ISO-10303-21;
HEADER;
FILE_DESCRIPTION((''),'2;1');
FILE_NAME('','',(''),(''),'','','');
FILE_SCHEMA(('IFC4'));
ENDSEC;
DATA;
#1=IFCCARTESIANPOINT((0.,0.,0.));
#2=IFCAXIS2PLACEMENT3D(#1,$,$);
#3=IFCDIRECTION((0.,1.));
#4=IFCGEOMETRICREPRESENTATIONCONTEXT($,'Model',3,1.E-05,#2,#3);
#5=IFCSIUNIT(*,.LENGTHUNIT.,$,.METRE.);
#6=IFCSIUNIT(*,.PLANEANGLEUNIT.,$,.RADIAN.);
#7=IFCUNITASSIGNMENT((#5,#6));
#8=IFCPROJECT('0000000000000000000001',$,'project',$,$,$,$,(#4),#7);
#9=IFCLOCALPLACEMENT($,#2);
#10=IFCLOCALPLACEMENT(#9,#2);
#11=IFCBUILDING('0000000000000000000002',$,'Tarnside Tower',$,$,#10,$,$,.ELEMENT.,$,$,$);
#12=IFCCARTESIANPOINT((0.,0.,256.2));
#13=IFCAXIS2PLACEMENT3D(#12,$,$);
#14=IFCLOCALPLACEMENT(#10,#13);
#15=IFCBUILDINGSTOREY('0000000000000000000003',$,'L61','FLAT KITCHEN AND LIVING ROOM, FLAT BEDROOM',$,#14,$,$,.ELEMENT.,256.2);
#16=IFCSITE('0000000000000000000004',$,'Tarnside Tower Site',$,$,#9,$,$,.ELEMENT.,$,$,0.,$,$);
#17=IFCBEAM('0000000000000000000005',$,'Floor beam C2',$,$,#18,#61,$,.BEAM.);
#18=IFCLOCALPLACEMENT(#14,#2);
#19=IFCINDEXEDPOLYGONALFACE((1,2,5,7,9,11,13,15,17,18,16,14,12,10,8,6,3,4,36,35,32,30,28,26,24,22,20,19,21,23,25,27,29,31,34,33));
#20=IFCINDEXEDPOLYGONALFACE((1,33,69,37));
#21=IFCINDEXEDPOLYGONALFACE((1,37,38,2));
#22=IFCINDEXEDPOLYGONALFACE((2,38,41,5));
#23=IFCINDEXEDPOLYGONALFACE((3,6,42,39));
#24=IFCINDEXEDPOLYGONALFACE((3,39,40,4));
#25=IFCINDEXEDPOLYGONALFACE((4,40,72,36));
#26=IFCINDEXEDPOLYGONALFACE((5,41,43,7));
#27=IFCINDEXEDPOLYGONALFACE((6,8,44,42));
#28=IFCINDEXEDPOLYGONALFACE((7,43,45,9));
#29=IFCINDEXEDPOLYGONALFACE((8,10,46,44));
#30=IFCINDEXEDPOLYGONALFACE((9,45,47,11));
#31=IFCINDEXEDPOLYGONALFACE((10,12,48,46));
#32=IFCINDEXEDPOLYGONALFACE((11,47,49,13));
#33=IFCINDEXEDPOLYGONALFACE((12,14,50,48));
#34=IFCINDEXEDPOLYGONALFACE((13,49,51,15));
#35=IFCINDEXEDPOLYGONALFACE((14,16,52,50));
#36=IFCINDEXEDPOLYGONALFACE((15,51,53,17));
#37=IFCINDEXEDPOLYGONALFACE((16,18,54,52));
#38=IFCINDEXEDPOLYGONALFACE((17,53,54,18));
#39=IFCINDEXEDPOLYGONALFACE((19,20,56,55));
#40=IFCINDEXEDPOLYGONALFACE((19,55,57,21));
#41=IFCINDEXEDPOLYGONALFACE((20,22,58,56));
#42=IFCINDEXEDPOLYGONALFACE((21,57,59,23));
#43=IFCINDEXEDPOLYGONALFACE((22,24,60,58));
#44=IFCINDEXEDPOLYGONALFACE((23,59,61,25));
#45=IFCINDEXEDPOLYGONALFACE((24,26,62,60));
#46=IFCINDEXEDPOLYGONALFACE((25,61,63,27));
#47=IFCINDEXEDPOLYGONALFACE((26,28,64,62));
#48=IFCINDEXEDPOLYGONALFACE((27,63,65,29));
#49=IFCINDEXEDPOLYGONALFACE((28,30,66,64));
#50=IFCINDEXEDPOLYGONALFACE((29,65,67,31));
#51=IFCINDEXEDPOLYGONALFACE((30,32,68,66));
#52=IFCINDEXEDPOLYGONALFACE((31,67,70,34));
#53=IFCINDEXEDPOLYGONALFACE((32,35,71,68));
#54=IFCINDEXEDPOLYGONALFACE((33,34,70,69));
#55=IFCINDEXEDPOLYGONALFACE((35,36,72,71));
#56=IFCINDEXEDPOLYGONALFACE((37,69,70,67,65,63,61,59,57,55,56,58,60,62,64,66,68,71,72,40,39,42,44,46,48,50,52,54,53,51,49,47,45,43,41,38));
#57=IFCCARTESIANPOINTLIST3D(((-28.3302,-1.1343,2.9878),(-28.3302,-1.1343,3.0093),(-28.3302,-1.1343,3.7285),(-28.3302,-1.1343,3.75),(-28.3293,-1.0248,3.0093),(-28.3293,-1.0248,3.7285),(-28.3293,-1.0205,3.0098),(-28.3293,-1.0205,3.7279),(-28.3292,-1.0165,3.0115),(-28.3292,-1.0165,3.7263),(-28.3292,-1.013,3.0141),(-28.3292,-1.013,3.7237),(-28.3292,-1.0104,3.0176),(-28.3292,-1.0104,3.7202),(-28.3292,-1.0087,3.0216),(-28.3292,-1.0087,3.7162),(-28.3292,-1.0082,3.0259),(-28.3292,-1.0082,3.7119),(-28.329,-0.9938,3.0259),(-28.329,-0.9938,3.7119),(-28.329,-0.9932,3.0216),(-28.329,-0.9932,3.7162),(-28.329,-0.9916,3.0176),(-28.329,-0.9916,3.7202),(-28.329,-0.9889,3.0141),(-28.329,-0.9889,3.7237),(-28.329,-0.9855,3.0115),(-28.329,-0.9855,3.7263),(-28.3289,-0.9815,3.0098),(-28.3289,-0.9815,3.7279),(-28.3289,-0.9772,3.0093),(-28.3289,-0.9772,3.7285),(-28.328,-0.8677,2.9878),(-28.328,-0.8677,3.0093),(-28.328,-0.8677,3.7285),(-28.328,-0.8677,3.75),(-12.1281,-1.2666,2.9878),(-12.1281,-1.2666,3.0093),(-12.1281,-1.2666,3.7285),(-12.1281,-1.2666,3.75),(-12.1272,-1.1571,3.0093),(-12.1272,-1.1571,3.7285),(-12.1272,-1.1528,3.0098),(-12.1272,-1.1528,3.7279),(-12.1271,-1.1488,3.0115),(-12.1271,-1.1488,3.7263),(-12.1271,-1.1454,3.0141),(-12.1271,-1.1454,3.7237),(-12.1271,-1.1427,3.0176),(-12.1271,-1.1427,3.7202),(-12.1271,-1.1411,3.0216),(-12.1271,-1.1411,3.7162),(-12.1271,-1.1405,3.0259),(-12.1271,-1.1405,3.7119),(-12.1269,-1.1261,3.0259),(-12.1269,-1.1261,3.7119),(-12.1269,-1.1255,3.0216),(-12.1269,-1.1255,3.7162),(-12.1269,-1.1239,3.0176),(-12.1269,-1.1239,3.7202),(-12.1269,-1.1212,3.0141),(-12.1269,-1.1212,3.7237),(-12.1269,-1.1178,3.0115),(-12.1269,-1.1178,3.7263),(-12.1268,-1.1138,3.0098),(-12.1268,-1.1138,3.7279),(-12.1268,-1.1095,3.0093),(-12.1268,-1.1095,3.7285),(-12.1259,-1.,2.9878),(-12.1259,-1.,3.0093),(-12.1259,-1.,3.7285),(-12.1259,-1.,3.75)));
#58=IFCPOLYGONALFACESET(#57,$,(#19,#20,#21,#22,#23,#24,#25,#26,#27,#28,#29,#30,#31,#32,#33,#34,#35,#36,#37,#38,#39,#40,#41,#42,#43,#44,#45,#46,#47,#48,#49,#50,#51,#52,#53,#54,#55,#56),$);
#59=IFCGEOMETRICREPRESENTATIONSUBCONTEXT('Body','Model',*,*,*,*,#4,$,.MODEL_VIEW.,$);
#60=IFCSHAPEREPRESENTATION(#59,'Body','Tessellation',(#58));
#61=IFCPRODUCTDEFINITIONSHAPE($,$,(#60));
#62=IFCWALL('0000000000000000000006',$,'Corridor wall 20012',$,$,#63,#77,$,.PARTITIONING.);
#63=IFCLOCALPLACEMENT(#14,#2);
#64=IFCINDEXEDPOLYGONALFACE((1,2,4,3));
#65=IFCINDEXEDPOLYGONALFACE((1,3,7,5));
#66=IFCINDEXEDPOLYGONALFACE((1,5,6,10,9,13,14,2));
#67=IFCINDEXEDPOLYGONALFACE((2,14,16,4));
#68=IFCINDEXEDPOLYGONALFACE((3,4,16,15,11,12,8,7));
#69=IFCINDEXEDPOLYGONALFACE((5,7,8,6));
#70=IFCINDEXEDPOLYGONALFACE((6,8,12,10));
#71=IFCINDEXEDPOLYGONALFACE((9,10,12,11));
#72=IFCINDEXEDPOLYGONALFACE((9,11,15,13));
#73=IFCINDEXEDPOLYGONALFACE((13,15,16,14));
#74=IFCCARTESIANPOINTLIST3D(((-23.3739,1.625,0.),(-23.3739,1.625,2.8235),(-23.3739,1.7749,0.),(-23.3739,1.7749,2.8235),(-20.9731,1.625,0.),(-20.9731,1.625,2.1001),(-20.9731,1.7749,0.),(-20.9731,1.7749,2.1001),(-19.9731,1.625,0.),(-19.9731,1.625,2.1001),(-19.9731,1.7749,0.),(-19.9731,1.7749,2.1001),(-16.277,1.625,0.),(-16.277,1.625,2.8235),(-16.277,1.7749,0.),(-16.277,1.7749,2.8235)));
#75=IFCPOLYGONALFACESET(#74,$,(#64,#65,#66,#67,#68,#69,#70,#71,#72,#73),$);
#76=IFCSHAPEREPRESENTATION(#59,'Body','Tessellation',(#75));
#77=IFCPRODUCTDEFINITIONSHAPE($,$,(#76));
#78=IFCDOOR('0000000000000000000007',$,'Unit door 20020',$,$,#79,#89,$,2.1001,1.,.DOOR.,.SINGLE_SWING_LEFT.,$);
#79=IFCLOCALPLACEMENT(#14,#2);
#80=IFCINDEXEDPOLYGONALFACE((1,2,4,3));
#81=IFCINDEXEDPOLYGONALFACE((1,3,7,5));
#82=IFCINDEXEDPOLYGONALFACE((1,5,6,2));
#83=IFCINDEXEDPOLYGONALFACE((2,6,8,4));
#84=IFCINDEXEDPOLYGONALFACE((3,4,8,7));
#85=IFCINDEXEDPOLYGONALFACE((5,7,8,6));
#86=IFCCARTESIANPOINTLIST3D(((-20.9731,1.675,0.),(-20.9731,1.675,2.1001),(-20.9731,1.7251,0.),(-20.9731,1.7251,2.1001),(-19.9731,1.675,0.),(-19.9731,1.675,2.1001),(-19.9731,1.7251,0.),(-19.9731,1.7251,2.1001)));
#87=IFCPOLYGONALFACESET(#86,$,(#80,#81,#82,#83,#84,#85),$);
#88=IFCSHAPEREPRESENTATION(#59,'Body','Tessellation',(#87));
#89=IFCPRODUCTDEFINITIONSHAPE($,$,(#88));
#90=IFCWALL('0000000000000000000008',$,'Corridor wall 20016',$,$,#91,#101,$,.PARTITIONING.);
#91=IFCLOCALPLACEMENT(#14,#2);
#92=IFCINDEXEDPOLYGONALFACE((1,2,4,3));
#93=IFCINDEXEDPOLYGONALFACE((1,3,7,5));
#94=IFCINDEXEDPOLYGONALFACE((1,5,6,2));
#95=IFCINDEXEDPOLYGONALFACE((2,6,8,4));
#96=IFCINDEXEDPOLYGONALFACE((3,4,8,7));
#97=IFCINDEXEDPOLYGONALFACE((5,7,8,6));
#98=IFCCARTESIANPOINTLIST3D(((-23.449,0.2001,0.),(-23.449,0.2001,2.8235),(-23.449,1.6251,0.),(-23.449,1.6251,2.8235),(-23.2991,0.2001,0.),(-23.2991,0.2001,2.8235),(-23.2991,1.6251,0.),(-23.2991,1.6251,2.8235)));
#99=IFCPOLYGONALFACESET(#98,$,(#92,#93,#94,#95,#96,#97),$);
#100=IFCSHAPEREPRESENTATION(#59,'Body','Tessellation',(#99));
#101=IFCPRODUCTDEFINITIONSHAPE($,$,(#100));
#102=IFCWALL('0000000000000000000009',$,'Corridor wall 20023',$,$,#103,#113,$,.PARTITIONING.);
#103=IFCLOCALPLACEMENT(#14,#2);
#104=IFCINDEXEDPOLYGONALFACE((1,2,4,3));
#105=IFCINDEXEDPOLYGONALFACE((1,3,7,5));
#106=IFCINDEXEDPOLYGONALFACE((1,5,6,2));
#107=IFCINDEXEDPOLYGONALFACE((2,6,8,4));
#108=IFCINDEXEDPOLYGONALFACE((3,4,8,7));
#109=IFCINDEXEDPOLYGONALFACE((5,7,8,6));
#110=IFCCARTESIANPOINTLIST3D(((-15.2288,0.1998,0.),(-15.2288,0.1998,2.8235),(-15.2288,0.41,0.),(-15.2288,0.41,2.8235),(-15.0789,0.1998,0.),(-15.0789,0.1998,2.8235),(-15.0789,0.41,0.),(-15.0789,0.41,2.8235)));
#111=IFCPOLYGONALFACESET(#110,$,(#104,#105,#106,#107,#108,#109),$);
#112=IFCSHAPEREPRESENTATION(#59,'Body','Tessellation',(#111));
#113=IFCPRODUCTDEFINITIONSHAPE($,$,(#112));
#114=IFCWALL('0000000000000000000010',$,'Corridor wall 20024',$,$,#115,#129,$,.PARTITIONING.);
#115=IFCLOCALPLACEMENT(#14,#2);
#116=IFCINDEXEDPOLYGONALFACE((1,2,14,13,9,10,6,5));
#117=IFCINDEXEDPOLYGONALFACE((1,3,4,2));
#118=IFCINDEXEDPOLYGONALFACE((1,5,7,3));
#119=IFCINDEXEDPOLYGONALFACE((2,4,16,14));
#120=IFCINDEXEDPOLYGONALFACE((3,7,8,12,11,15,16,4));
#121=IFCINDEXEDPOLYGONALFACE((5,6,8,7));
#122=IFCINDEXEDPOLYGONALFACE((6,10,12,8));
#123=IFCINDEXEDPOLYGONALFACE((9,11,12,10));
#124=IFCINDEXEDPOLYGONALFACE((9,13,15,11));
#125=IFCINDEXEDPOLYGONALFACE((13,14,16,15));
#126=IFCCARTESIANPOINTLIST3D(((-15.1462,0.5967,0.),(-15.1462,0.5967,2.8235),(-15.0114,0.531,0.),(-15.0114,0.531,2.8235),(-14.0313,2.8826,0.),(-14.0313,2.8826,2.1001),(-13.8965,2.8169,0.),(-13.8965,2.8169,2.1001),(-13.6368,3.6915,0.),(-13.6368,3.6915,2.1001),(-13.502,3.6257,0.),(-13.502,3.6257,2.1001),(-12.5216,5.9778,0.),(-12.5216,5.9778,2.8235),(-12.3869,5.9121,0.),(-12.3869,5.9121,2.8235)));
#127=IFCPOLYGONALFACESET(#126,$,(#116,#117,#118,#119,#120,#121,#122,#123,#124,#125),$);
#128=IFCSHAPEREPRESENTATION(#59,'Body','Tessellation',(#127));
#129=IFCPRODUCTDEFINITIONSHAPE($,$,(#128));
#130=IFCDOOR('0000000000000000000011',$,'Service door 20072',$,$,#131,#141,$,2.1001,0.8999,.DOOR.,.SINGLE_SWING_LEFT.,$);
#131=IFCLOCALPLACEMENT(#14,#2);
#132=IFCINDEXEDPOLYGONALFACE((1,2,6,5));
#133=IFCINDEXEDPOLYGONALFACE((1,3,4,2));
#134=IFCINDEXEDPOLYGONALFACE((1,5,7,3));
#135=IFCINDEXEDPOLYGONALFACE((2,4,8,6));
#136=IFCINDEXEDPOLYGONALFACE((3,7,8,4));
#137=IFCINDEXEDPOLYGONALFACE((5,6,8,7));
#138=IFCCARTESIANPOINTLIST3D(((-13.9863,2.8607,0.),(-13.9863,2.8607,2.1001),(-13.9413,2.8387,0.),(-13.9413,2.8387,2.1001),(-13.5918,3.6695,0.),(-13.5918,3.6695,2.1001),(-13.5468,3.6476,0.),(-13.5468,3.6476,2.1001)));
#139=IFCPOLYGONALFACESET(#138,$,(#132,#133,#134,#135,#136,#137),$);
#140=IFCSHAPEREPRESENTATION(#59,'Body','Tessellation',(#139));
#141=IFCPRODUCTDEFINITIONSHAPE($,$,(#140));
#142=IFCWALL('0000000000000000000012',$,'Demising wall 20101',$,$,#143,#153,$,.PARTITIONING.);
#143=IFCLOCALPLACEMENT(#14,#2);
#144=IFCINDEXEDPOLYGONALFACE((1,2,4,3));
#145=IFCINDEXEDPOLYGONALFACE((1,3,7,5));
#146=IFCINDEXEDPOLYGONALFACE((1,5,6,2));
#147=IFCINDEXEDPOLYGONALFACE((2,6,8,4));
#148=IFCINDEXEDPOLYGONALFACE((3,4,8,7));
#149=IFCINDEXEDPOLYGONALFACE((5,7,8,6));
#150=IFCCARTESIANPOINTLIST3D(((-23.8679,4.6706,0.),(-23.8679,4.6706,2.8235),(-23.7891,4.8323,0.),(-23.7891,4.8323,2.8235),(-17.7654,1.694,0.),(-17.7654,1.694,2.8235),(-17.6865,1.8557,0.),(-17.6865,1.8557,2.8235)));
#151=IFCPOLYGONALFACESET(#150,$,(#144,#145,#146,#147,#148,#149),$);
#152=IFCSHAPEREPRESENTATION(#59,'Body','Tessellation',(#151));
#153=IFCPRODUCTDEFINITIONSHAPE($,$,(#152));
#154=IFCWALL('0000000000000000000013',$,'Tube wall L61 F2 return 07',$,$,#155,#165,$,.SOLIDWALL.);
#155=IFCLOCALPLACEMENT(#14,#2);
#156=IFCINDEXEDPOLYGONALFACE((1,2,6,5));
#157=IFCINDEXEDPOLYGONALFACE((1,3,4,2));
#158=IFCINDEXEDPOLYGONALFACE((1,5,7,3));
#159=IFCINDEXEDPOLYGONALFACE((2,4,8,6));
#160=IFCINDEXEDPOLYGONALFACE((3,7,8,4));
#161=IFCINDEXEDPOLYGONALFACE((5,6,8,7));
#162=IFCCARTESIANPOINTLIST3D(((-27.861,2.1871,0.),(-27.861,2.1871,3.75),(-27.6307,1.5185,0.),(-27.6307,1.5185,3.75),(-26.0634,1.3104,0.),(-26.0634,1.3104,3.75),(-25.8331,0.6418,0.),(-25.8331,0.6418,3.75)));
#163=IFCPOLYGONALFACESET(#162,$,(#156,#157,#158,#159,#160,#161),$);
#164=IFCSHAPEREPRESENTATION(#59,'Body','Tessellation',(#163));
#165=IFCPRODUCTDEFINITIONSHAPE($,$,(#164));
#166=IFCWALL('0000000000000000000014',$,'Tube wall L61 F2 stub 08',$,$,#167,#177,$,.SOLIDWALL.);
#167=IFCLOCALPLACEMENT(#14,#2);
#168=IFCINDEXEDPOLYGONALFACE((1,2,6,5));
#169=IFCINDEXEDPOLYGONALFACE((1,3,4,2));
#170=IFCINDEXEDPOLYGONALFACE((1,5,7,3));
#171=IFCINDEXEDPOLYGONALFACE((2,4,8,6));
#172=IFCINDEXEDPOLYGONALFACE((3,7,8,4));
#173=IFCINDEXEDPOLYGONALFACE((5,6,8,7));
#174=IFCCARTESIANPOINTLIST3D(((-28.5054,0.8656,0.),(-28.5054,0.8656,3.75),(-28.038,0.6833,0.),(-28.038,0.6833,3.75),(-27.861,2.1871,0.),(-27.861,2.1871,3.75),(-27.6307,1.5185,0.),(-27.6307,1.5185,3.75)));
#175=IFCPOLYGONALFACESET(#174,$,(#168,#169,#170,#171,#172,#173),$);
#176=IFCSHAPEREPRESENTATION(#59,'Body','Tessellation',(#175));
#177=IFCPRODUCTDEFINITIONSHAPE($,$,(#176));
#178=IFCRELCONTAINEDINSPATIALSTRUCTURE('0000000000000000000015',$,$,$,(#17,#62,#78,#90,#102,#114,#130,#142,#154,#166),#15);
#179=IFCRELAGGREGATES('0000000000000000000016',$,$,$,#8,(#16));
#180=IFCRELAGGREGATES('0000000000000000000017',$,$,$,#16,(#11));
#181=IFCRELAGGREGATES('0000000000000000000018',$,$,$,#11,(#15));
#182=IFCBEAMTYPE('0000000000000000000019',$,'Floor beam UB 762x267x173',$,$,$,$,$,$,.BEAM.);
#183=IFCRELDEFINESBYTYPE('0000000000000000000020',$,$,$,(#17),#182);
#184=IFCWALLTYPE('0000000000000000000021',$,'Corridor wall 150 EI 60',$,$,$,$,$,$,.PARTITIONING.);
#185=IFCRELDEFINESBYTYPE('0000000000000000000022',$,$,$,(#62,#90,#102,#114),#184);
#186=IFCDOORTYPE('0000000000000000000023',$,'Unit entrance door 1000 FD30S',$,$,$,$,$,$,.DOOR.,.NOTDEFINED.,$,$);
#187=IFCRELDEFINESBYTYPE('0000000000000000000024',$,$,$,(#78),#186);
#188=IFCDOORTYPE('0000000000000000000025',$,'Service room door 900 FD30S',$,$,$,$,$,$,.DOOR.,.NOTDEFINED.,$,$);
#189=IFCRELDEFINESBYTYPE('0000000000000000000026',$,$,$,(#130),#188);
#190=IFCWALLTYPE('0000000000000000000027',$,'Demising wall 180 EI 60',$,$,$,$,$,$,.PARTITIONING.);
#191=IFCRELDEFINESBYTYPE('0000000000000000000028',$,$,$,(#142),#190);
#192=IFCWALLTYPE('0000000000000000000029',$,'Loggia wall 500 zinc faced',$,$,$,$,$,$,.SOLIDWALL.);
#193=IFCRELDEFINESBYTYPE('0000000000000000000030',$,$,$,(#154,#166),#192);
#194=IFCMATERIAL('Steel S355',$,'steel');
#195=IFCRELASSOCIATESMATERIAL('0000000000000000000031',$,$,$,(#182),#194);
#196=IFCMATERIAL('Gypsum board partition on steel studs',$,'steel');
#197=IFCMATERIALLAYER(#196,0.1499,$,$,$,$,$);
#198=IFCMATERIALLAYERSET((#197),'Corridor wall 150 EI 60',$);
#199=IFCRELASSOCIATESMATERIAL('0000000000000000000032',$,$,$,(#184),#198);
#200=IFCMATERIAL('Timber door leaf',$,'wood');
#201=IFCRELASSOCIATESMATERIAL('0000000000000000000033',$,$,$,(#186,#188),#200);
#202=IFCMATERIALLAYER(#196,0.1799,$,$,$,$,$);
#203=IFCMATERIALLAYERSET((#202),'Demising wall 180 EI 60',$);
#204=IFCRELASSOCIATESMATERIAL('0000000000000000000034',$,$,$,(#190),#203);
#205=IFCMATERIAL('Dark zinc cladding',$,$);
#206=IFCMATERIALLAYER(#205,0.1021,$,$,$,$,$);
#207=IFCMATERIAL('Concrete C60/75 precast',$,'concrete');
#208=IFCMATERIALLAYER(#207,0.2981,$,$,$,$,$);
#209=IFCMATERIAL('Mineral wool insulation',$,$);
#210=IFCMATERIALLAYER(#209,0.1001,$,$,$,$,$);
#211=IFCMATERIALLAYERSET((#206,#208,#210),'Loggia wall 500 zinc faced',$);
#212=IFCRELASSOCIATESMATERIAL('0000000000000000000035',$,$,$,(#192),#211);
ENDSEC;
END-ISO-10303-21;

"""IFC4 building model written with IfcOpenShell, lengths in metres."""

from ifc_helpers import new_model, si_unit, direction, frame, frame_2d, origin, origin_2d, place, context, subcontext, project, spatial, polyline, rectangle, i_section, outline, extrude, material, layer, layer_set, material_profile, profile_set, type_object, element, fill, save


model = new_model("IFC4")

# Units and contexts
model_context = context("Model", 3, precision=1e-05, world=origin(), true_north=direction((0.0, 1.0)))
body_context = subcontext(model_context, "Body", "Model", "MODEL_VIEW")
ifc_project = project(units=[si_unit("LENGTHUNIT", "METRE"), si_unit("PLANEANGLEUNIT", "RADIAN")], contexts=[model_context])

# Site, building, storey
site_placement = place(None, origin())
site = spatial("IfcSite", under=ifc_project, at=site_placement, Name="Tarnside Tower Site", CompositionType="ELEMENT", RefElevation=0.0)
building_placement = place(site_placement, origin())
building = spatial("IfcBuilding", under=site, at=building_placement, Name="Tarnside Tower", CompositionType="ELEMENT")
storey_placement = place(building_placement, frame((0.0, 0.0, 256.2)))
storey = spatial("IfcBuildingStorey", under=building, at=storey_placement, Name="L61", Description="FLAT KITCHEN AND LIVING ROOM, FLAT BEDROOM", CompositionType="ELEMENT", Elevation=256.2)

# Beam
ifc_material_1 = material(Name="Steel S355", Category="steel")
ifc_material_profile_1 = material_profile(ifc_material_1, i_section(OverallWidth=0.2666, OverallDepth=0.7622, WebThickness=0.0144, FlangeThickness=0.0215, FilletRadius=0.0166, at=origin_2d()), Name="UB 762x267x173")
ifc_profile_set_1 = profile_set([ifc_material_profile_1], Name="Steel S355")
beam_type_1 = type_object("IfcBeamType", Name="Floor beam UB 762x267x173", PredefinedType="BEAM", material=ifc_profile_set_1)
beam_1_placement = place(storey_placement, frame((-28.3291, -1.001, 3.3689), z_axis=(0.999967, -0.008167, 0.0), x_axis=(0.008167, 0.999967, 0.0)))
element("IfcBeam", 1, at=beam_1_placement, inside=storey, type_object=beam_type_1, Name="Floor beam C2", PredefinedType="BEAM", context=body_context, shape_type="SweptSolid", body=[
    extrude(i_section(OverallWidth=0.2666, OverallDepth=0.7622, WebThickness=0.0144, FlangeThickness=0.0215, FilletRadius=0.0166, at=origin_2d()), origin(), (0.0, 0.0, 1.0), 16.2026),
])

# Wall, opening, door
ifc_material_2 = material(Name="Gypsum board partition on steel studs", Category="steel")
ifc_layer_1 = layer(ifc_material_2, 0.1499)
ifc_layer_set_1 = layer_set([ifc_layer_1], Name="Corridor wall 150 EI 60")
wall_type_1 = type_object("IfcWallType", Name="Corridor wall 150 EI 60", PredefinedType="PARTITIONING", material=ifc_layer_set_1)
wall_1_placement = place(storey_placement, frame((-16.2771, 1.7, 0.0), z_axis=(0.0, 0.0, 1.0), x_axis=(-1.0, 0.0, 0.0)))
wall_1 = element("IfcWall", 2, at=wall_1_placement, inside=storey, type_object=wall_type_1, Name="Corridor wall 20012", PredefinedType="PARTITIONING", context=body_context, shape_type="SweptSolid", body=[
    extrude(rectangle(XDim=7.0969, YDim=0.1499, at=frame_2d((3.5483, 0.0))), origin(), (0.0, 0.0, 1.0), 2.8235),
])
opening_1_placement = place(wall_1_placement, frame((3.696, 0.0, 0.0)))
opening_1 = element("IfcOpeningElement", 3, at=opening_1_placement, cuts=wall_1, PredefinedType="OPENING", context=body_context, shape_type="SweptSolid", body=[
    extrude(rectangle(XDim=1.0, YDim=2.1001, at=frame_2d((0.5, 1.05))), frame((0.0, 0.085, 0.0), z_axis=(0.0, -1.0, 0.0), x_axis=(1.0, 0.0, 0.0)), (0.0, 0.0, 1.0), 0.1699),
])
ifc_material_3 = material(Name="Timber door leaf", Category="wood")
door_type_1 = type_object("IfcDoorType", Name="Unit entrance door 1000 FD30S", OperationType="NOTDEFINED", PredefinedType="DOOR", material=ifc_material_3)
door_1_placement = place(opening_1_placement, origin())
door_1 = element("IfcDoor", 4, at=door_1_placement, inside=storey, type_object=door_type_1, Name="Unit door 20020", OperationType="SINGLE_SWING_LEFT", OverallHeight=2.1001, OverallWidth=1.0, PredefinedType="DOOR", context=body_context, shape_type="SweptSolid", body=[
    extrude(rectangle(XDim=1.0, YDim=2.1001, at=frame_2d((0.5, 1.05))), frame((0.0, 0.0249, 0.0), z_axis=(0.0, -1.0, 0.0), x_axis=(1.0, 0.0, 0.0)), (0.0, 0.0, 1.0), 0.05),
])
fill(opening_1, door_1)

# Walls
wall_2_placement = place(storey_placement, frame((-23.374, 1.625, 0.0), z_axis=(0.0, 0.0, 1.0), x_axis=(0.0, -1.0, 0.0)))
element("IfcWall", 5, at=wall_2_placement, inside=storey, type_object=wall_type_1, Name="Corridor wall 20016", PredefinedType="PARTITIONING", context=body_context, shape_type="SweptSolid", body=[
    extrude(rectangle(XDim=1.425, YDim=0.1499, at=frame_2d((0.7124, 0.0))), origin(), (0.0, 0.0, 1.0), 2.8235),
])
wall_3_placement = place(storey_placement, frame((-15.1538, 0.2, 0.0), z_axis=(0.0, 0.0, 1.0), x_axis=(0.0, 1.0, 0.0)))
element("IfcWall", 6, at=wall_3_placement, inside=storey, type_object=wall_type_1, Name="Corridor wall 20023", PredefinedType="PARTITIONING", context=body_context, shape_type="SweptSolid", body=[
    extrude(rectangle(XDim=0.2102, YDim=0.1499, at=frame_2d((0.105, 0.0))), origin(), (0.0, 0.0, 1.0), 2.8235),
])

# Wall, opening, door
wall_4_placement = place(storey_placement, frame((-15.0789, 0.5637, 0.0), z_axis=(0.0, 0.0, 1.0), x_axis=(0.438367, 0.898796, 0.0)))
wall_4 = element("IfcWall", 7, at=wall_4_placement, inside=storey, type_object=wall_type_1, Name="Corridor wall 20024", PredefinedType="PARTITIONING", context=body_context, shape_type="SweptSolid", body=[
    extrude(rectangle(XDim=5.9871, YDim=0.1499, at=frame_2d((2.9937, 0.0))), origin(), (0.0, 0.0, 1.0), 2.8235),
])
opening_2_placement = place(wall_4_placement, frame((2.5435, 0.0, 0.0)))
opening_2 = element("IfcOpeningElement", 8, at=opening_2_placement, cuts=wall_4, PredefinedType="OPENING", context=body_context, shape_type="SweptSolid", body=[
    extrude(rectangle(XDim=0.8999, YDim=2.1001, at=frame_2d((0.45, 1.05))), frame((0.0, 0.085, 0.0), z_axis=(0.0, -1.0, 0.0), x_axis=(1.0, 0.0, 0.0)), (0.0, 0.0, 1.0), 0.1699),
])
door_type_2 = type_object("IfcDoorType", Name="Service room door 900 FD30S", OperationType="NOTDEFINED", PredefinedType="DOOR", material=ifc_material_3)
door_2_placement = place(opening_2_placement, origin())
door_2 = element("IfcDoor", 9, at=door_2_placement, inside=storey, type_object=door_type_2, Name="Service door 20072", OperationType="SINGLE_SWING_LEFT", OverallHeight=2.1001, OverallWidth=0.8999, PredefinedType="DOOR", context=body_context, shape_type="SweptSolid", body=[
    extrude(rectangle(XDim=0.8999, YDim=2.1001, at=frame_2d((0.45, 1.05))), frame((0.0, 0.0249, 0.0), z_axis=(0.0, -1.0, 0.0), x_axis=(1.0, 0.0, 0.0)), (0.0, 0.0, 1.0), 0.05),
])
fill(opening_2, door_2)

# Walls
ifc_layer_2 = layer(ifc_material_2, 0.1799)
ifc_layer_set_2 = layer_set([ifc_layer_2], Name="Demising wall 180 EI 60")
wall_type_2 = type_object("IfcWallType", Name="Demising wall 180 EI 60", PredefinedType="PARTITIONING", material=ifc_layer_set_2)
wall_5_placement = place(storey_placement, frame((-23.8286, 4.7515, 0.0), z_axis=(0.0, 0.0, 1.0), x_axis=(0.898785, -0.43839, 0.0)))
element("IfcWall", 10, at=wall_5_placement, inside=storey, type_object=wall_type_2, Name="Demising wall 20101", PredefinedType="PARTITIONING", context=body_context, shape_type="SweptSolid", body=[
    extrude(rectangle(XDim=6.7898, YDim=0.1799, at=frame_2d((3.395, 0.0))), origin(), (0.0, 0.0, 1.0), 2.8235),
])
ifc_material_4 = material(Name="Dark zinc cladding")
ifc_layer_3 = layer(ifc_material_4, 0.1021)
ifc_material_5 = material(Name="Concrete C60/75 precast", Category="concrete")
ifc_layer_4 = layer(ifc_material_5, 0.2981)
ifc_material_6 = material(Name="Mineral wool insulation")
ifc_layer_5 = layer(ifc_material_6, 0.1001)
ifc_layer_set_3 = layer_set([ifc_layer_3, ifc_layer_4, ifc_layer_5], Name="Loggia wall 500 zinc faced")
wall_type_3 = type_object("IfcWallType", Name="Loggia wall 500 zinc faced", PredefinedType="SOLIDWALL", material=ifc_layer_set_3)
wall_6_placement = place(storey_placement, frame((-25.9482, 0.9761, 0.0), z_axis=(0.0, 0.0, 1.0), x_axis=(-0.898802, 0.438354, 0.0)))
element("IfcWall", 11, at=wall_6_placement, inside=storey, type_object=wall_type_3, Name="Tube wall L61 F2 return 07", PredefinedType="SOLIDWALL", context=body_context, shape_type="SweptSolid", body=[
    extrude(outline(polyline([(0.25, -0.25), (2.25, -0.25), (1.75, 0.25), (-0.25, 0.25), (0.25, -0.25)])), origin(), (0.0, 0.0, 1.0), 3.75),
])
wall_7_placement = place(storey_placement, frame((-27.7458, 1.8528, 0.0), z_axis=(0.0, 0.0, 1.0), x_axis=(-0.438319, -0.898819, 0.0)))
element("IfcWall", 12, at=wall_7_placement, inside=storey, type_object=wall_type_3, Name="Tube wall L61 F2 stub 08", PredefinedType="SOLIDWALL", context=body_context, shape_type="SweptSolid", body=[
    extrude(outline(polyline([(-0.25, -0.25), (1.2202, -0.25), (1.1792, 0.25), (0.25, 0.25), (-0.25, -0.25)])), origin(), (0.0, 0.0, 1.0), 3.75),
])

save(model, "model.ifc")
